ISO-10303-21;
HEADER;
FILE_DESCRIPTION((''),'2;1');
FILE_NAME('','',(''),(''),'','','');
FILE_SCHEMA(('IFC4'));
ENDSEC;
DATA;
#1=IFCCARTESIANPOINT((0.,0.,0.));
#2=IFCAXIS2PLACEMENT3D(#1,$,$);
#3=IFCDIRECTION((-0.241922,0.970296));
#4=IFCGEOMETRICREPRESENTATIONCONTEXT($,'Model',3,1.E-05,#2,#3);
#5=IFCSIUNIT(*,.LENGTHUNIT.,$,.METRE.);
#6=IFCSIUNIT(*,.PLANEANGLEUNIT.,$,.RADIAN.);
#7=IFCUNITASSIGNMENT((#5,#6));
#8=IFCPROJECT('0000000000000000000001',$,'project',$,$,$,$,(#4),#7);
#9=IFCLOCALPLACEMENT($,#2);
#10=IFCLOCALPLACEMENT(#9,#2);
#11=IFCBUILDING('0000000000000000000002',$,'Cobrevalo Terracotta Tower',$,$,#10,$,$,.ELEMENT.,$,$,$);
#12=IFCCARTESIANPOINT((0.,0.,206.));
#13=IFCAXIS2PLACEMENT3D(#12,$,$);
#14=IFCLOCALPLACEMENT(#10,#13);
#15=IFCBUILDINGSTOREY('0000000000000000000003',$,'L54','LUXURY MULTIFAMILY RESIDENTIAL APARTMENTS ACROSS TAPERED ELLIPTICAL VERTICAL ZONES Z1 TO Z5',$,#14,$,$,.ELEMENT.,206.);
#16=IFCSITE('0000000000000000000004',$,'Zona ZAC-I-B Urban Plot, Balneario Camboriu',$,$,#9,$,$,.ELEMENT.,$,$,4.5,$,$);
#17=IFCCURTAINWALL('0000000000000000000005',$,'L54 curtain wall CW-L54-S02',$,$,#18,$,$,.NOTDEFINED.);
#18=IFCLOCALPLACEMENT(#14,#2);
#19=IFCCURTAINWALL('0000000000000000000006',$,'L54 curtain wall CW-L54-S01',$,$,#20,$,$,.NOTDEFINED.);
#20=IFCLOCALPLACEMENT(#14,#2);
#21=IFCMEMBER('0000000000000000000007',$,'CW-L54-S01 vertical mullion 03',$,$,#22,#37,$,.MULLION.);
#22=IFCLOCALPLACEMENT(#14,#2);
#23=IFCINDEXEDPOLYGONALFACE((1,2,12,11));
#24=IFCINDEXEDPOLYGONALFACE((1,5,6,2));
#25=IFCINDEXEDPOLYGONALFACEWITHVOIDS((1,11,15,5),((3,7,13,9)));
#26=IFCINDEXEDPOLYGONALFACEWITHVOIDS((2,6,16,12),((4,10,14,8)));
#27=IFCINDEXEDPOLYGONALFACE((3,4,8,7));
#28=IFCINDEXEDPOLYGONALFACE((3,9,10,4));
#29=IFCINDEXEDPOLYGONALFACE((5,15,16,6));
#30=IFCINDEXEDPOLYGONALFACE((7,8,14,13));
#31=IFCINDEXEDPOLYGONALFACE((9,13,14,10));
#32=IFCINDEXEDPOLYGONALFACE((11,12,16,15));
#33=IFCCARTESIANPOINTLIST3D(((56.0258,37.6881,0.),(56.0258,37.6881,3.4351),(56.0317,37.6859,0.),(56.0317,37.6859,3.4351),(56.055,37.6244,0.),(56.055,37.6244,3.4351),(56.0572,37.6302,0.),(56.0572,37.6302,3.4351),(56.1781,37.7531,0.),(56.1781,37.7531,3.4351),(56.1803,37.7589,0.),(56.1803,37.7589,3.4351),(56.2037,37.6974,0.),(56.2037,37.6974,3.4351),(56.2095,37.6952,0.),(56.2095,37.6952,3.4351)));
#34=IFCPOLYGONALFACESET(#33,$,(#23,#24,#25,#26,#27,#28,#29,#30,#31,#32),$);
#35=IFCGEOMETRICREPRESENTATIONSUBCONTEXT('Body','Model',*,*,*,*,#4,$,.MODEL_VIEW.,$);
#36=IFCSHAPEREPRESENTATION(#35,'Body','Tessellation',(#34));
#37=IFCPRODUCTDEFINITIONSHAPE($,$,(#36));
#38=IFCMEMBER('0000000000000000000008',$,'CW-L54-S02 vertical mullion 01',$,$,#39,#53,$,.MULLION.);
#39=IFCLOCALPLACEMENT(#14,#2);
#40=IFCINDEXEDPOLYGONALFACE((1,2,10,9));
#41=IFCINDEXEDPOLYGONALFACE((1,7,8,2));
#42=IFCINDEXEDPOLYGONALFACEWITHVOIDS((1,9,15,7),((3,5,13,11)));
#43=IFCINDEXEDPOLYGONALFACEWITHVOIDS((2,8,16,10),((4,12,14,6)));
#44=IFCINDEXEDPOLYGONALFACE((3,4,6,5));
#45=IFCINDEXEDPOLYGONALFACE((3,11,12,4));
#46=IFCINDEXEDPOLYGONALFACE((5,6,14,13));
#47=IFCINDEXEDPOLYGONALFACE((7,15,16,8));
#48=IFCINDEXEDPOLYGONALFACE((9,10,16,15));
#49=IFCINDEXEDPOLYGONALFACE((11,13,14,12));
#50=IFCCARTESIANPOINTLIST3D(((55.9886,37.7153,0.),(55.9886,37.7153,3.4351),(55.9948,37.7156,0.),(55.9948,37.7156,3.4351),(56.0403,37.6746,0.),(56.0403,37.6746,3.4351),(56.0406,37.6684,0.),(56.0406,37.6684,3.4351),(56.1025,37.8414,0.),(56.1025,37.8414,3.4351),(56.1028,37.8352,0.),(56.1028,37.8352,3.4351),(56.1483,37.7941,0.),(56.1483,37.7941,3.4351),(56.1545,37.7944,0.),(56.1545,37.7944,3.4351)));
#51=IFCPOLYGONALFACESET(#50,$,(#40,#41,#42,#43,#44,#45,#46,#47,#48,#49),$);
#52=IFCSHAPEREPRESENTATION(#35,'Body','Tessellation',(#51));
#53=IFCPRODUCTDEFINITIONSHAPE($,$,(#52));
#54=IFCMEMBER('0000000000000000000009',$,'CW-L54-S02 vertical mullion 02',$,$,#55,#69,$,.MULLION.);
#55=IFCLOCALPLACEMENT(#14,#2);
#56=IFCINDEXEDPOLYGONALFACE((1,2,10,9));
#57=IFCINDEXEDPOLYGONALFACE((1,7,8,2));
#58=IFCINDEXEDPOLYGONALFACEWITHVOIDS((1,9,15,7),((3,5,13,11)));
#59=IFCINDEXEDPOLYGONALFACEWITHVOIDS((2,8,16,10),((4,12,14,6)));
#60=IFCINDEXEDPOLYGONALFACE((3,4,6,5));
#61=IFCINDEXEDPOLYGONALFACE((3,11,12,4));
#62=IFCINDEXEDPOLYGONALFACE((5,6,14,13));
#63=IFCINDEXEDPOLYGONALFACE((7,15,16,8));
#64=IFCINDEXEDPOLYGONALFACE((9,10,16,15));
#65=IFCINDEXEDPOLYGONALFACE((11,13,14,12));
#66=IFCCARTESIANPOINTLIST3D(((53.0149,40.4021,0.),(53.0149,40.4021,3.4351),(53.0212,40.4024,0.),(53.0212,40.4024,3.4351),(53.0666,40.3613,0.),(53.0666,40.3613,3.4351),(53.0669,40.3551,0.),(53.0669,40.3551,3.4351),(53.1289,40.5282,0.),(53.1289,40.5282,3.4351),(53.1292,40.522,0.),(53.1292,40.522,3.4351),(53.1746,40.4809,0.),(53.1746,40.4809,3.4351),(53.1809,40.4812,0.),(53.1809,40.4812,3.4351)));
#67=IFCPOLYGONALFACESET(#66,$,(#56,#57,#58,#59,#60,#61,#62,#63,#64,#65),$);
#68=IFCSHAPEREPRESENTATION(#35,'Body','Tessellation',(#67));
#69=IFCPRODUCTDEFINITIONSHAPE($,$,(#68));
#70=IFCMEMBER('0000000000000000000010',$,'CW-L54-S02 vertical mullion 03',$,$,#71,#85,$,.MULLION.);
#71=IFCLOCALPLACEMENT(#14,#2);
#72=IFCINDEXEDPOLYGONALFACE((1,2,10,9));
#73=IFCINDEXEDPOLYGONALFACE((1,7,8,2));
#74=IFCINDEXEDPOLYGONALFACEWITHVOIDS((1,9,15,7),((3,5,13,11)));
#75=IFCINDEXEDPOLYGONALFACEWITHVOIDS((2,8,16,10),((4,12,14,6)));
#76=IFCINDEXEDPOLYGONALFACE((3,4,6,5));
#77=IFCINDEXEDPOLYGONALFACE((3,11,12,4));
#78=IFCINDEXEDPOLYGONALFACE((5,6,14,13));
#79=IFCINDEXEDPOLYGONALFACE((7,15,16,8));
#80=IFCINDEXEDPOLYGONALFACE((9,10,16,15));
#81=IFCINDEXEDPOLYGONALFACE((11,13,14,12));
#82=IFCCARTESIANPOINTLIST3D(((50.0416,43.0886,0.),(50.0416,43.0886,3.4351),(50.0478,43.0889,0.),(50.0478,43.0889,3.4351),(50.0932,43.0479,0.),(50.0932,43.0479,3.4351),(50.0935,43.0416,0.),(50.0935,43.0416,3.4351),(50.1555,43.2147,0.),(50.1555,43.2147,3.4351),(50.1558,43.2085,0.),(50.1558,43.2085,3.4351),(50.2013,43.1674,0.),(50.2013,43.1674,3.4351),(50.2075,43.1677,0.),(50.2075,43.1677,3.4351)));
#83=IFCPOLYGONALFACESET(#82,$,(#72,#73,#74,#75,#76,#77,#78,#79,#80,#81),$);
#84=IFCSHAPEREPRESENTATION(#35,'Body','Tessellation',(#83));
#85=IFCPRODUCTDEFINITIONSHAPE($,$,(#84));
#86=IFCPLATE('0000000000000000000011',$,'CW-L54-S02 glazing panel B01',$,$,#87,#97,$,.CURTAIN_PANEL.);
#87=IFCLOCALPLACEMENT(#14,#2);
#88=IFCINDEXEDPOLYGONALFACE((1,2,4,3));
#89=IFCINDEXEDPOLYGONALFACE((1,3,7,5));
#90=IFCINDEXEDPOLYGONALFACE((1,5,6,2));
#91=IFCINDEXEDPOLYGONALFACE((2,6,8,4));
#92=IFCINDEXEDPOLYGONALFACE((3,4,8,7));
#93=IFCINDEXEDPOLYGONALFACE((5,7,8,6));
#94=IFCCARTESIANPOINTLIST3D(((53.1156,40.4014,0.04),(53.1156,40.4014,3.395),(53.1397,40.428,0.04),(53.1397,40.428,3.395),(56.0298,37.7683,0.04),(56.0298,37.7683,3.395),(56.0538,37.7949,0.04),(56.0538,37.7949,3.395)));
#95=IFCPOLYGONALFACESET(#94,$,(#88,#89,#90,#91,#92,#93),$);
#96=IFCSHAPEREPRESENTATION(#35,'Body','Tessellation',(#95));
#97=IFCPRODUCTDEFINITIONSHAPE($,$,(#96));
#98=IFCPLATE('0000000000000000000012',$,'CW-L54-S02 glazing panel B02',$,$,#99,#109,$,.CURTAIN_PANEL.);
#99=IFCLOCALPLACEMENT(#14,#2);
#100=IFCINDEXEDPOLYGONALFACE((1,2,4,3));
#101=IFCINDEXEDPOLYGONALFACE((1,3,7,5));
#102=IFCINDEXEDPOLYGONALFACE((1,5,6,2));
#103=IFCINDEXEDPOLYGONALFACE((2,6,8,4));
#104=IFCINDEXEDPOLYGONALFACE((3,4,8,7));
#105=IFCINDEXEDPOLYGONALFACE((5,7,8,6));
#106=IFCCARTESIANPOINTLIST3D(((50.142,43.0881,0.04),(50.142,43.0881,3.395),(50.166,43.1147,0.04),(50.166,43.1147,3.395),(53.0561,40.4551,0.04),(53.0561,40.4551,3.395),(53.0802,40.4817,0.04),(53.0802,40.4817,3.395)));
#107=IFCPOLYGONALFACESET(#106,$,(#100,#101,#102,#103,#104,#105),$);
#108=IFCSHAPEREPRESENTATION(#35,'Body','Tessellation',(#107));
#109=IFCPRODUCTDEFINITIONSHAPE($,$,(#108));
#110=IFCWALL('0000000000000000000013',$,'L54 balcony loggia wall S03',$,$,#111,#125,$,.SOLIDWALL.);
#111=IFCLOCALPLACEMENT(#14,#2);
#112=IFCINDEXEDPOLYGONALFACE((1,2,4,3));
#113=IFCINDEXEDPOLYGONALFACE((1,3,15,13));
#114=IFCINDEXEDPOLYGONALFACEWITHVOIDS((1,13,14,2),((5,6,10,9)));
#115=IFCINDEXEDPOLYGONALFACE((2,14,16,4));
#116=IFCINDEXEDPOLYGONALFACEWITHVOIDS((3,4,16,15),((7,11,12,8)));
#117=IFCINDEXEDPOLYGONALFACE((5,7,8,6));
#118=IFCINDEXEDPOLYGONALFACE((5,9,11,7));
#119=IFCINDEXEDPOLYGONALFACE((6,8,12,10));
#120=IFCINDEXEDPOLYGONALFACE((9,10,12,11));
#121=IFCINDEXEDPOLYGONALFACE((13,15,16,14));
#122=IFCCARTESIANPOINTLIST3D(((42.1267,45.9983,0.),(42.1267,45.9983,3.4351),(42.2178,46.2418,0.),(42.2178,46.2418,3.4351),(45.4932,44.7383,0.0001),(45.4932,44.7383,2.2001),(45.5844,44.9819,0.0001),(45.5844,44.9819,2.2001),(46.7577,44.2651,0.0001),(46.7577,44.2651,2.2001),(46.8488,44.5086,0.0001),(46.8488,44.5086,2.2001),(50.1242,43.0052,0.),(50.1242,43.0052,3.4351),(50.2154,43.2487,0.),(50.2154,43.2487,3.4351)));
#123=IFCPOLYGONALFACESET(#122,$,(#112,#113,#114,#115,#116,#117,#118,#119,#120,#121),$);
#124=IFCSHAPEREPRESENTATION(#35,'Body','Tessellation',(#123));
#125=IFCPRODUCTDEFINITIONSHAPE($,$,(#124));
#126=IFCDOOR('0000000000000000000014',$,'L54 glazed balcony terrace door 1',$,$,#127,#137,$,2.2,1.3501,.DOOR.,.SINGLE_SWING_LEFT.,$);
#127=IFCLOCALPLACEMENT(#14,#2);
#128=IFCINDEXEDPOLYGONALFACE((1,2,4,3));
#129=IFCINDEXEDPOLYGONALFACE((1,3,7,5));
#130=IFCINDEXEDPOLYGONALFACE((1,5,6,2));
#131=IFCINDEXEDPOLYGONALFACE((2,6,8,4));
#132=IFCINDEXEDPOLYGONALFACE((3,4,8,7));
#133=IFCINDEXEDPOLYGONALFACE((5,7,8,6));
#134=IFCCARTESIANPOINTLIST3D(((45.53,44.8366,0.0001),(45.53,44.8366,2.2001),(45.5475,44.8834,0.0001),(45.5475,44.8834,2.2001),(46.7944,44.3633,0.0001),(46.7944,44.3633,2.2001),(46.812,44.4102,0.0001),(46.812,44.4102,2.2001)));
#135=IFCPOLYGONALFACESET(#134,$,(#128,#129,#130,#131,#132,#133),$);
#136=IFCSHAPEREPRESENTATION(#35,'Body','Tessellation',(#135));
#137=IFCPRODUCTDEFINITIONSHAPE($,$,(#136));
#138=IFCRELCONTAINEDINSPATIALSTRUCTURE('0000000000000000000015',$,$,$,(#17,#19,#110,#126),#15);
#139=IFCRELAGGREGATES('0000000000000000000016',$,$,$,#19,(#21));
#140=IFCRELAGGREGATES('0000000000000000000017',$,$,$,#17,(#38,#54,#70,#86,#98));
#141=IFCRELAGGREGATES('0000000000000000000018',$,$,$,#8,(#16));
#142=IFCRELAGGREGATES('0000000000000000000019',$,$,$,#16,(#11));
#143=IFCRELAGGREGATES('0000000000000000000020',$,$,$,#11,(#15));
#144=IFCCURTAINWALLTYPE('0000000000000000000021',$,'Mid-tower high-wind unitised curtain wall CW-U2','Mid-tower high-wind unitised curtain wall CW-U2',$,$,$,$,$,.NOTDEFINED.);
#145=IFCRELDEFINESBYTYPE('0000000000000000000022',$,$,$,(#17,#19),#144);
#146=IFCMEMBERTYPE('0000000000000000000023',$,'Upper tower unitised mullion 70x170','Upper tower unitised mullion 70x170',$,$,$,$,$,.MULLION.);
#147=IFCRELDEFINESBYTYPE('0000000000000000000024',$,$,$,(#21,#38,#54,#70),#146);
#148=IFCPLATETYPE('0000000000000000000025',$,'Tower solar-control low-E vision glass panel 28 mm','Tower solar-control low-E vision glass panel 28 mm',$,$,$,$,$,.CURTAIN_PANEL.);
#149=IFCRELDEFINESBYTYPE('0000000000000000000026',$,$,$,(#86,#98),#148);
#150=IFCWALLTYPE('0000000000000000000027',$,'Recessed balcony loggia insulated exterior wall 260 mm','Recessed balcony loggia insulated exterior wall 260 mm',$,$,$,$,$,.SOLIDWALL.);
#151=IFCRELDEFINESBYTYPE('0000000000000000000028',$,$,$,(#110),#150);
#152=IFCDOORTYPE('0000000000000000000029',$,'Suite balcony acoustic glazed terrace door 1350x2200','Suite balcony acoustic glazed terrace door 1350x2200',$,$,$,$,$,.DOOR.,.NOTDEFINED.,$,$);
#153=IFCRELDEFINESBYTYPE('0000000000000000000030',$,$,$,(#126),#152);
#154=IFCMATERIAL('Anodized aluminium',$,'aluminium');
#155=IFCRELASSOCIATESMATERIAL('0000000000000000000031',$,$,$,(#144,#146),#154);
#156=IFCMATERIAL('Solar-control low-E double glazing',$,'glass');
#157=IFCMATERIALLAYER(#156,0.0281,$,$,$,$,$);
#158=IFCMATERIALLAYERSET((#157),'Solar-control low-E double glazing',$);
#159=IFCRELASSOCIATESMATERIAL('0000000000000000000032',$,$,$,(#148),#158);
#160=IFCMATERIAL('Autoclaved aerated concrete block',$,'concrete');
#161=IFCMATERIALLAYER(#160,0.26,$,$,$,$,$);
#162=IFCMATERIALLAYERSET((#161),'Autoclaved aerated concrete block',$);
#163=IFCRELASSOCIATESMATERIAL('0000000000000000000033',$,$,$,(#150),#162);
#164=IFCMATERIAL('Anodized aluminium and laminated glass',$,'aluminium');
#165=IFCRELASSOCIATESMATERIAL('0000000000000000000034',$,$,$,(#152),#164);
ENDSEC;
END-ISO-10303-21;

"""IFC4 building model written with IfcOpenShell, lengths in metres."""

from ifc_helpers import new_model, si_unit, direction, frame, frame_2d, origin, origin_2d, place, context, subcontext, project, spatial, rectangle, hollow_rectangle, extrude, source, transform, mapped, material, layer, layer_set, material_profile, profile_set, type_object, element, fill, aggregate, save


model = new_model("IFC4")

# Units and contexts
model_context = context("Model", 3, precision=1e-05, world=origin(), true_north=direction((-0.241922, 0.970296)))
body_context = subcontext(model_context, "Body", "Model", "MODEL_VIEW")
ifc_project = project(units=[si_unit("LENGTHUNIT", "METRE"), si_unit("PLANEANGLEUNIT", "RADIAN")], contexts=[model_context])

# Site, building, storey
site_placement = place(None, origin())
site = spatial("IfcSite", under=ifc_project, at=site_placement, Name="Zona ZAC-I-B Urban Plot, Balneario Camboriu", CompositionType="ELEMENT", RefElevation=4.5)
building_placement = place(site_placement, origin())
building = spatial("IfcBuilding", under=site, at=building_placement, Name="Cobrevalo Terracotta Tower", CompositionType="ELEMENT")
storey_placement = place(building_placement, frame((0.0, 0.0, 206.0)))
storey = spatial("IfcBuildingStorey", under=building, at=storey_placement, Name="L54", Description="LUXURY MULTIFAMILY RESIDENTIAL APARTMENTS ACROSS TAPERED ELLIPTICAL VERTICAL ZONES Z1 TO Z5", CompositionType="ELEMENT", Elevation=206.0)

# Curtain wall
ifc_material_1 = material(Name="Anodized aluminium", Category="aluminium")
curtain_wall_type = type_object("IfcCurtainWallType", Name="Mid-tower high-wind unitised curtain wall CW-U2", Description="Mid-tower high-wind unitised curtain wall CW-U2", PredefinedType="NOTDEFINED", material=ifc_material_1)
curtain_wall_1_placement = place(storey_placement, origin())
curtain_wall_1 = element("IfcCurtainWall", 1, at=curtain_wall_1_placement, inside=storey, type_object=curtain_wall_type, Name="L54 curtain wall CW-L54-S02", PredefinedType="NOTDEFINED")

# Curtain wall, member
curtain_wall_2_placement = place(storey_placement, origin())
curtain_wall_2 = element("IfcCurtainWall", 2, at=curtain_wall_2_placement, inside=storey, type_object=curtain_wall_type, Name="L54 curtain wall CW-L54-S01", PredefinedType="NOTDEFINED")
ifc_material_profile_1 = material_profile(ifc_material_1, hollow_rectangle(XDim=0.0701, YDim=0.1699, WallThickness=0.0044, at=origin_2d()), Name="CWM 70x170")
ifc_profile_set_1 = profile_set([ifc_material_profile_1], Name="Anodized aluminium")
member_type_1 = type_object("IfcMemberType", Name="Upper tower unitised mullion 70x170", Description="Upper tower unitised mullion 70x170", PredefinedType="MULLION", material=ifc_profile_set_1)
shared_shape_1 = source(origin(), body_context, "Body", "SweptSolid", [
    extrude(hollow_rectangle(XDim=0.0701, YDim=0.1699, WallThickness=0.0044, at=origin_2d()), origin(), (0.0, 0.0, 1.0), 3.4351),
])
member_1_placement = place(storey_placement, frame((56.1177, 37.6917, 0.0), z_axis=(0.0, 0.0, 1.0), x_axis=(-0.416725, 0.909033, 0.0)))
member_1 = element("IfcMember", 3, at=member_1_placement, type_object=member_type_1, Name="CW-L54-S01 vertical mullion 03", PredefinedType="MULLION", context=body_context, shape_type="MappedRepresentation", body=[
    mapped(shared_shape_1, transform((0.0, 0.0, 0.0), scale=1.0)),
])
aggregate(curtain_wall_2, [member_1])

# Members
member_2_placement = place(storey_placement, frame((56.0715, 37.7549, 0.0), z_axis=(0.0, 0.0, 1.0), x_axis=(-0.741988, 0.670414, 0.0)))
member_2 = element("IfcMember", 4, at=member_2_placement, type_object=member_type_1, Name="CW-L54-S02 vertical mullion 01", PredefinedType="MULLION", context=body_context, shape_type="MappedRepresentation", body=[
    mapped(shared_shape_1, transform((0.0, 0.0, 0.0), scale=1.0)),
])
member_3_placement = place(storey_placement, frame((53.0979, 40.4417, 0.0), z_axis=(0.0, 0.0, 1.0), x_axis=(-0.741988, 0.670414, 0.0)))
member_3 = element("IfcMember", 5, at=member_3_placement, type_object=member_type_1, Name="CW-L54-S02 vertical mullion 02", PredefinedType="MULLION", context=body_context, shape_type="MappedRepresentation", body=[
    mapped(shared_shape_1, transform((0.0, 0.0, 0.0), scale=1.0)),
])
member_4_placement = place(storey_placement, frame((50.1245, 43.1282, 0.0), z_axis=(0.0, 0.0, 1.0), x_axis=(-0.741988, 0.670414, 0.0)))
member_4 = element("IfcMember", 6, at=member_4_placement, type_object=member_type_1, Name="CW-L54-S02 vertical mullion 03", PredefinedType="MULLION", context=body_context, shape_type="MappedRepresentation", body=[
    mapped(shared_shape_1, transform((0.0, 0.0, 0.0), scale=1.0)),
])

# Plates
ifc_material_2 = material(Name="Solar-control low-E double glazing", Category="glass")
ifc_layer_1 = layer(ifc_material_2, 0.0281)
ifc_layer_set_1 = layer_set([ifc_layer_1], Name="Solar-control low-E double glazing")
plate_type = type_object("IfcPlateType", Name="Tower solar-control low-E vision glass panel 28 mm", Description="Tower solar-control low-E vision glass panel 28 mm", PredefinedType="CURTAIN_PANEL", material=ifc_layer_set_1)
shared_shape_2 = source(origin(), body_context, "Body", "SweptSolid", [
    extrude(rectangle(XDim=3.9275, YDim=0.0359, at=origin_2d()), origin(), (0.0, 0.0, 1.0), 3.355),
])
plate_1_placement = place(storey_placement, frame((54.5847, 39.0981, 0.04), z_axis=(0.0, 0.0, 1.0), x_axis=(-0.741988, 0.670414, 0.0)))
plate_1 = element("IfcPlate", 7, at=plate_1_placement, type_object=plate_type, Name="CW-L54-S02 glazing panel B01", PredefinedType="CURTAIN_PANEL", context=body_context, shape_type="MappedRepresentation", body=[
    mapped(shared_shape_2, transform((0.0, 0.0, 0.0), scale=1.0)),
])
plate_2_placement = place(storey_placement, frame((51.6111, 41.7849, 0.04), z_axis=(0.0, 0.0, 1.0), x_axis=(-0.741988, 0.670414, 0.0)))
plate_2 = element("IfcPlate", 8, at=plate_2_placement, type_object=plate_type, Name="CW-L54-S02 glazing panel B02", PredefinedType="CURTAIN_PANEL", context=body_context, shape_type="MappedRepresentation", body=[
    mapped(shared_shape_2, transform((0.0, 0.0, 0.0), scale=1.0)),
])
aggregate(curtain_wall_1, [member_2, member_3, member_4, plate_1, plate_2])

# Wall, opening, door
ifc_material_3 = material(Name="Autoclaved aerated concrete block", Category="concrete")
ifc_layer_2 = layer(ifc_material_3, 0.26)
ifc_layer_set_2 = layer_set([ifc_layer_2], Name="Autoclaved aerated concrete block")
wall_type_1 = type_object("IfcWallType", Name="Recessed balcony loggia insulated exterior wall 260 mm", Description="Recessed balcony loggia insulated exterior wall 260 mm", PredefinedType="SOLIDWALL", material=ifc_layer_set_2)
wall_1_placement = place(storey_placement, frame((50.1697, 43.127, 0.0), z_axis=(0.0, 0.0, 1.0), x_axis=(-0.936557, 0.350516, 0.0)))
wall_1 = element("IfcWall", 9, at=wall_1_placement, inside=storey, type_object=wall_type_1, Name="L54 balcony loggia wall S03", PredefinedType="SOLIDWALL", context=body_context, shape_type="SweptSolid", body=[
    extrude(rectangle(XDim=8.5393, YDim=0.26, at=frame_2d((4.2695, 0.0))), origin(), (0.0, 0.0, 1.0), 3.4351),
])
opening_1_placement = place(wall_1_placement, frame((3.5945, 0.0, 0.0)))
opening_1 = element("IfcOpeningElement", 10, at=opening_1_placement, cuts=wall_1, PredefinedType="OPENING", context=body_context, shape_type="SweptSolid", body=[
    extrude(rectangle(XDim=1.3501, YDim=2.2, at=frame_2d((0.675, 1.1001))), frame((0.0, 0.1401, 0.0), z_axis=(0.0, -1.0, 0.0), x_axis=(1.0, 0.0, 0.0)), (0.0, 0.0, 1.0), 0.28),
])
ifc_material_4 = material(Name="Anodized aluminium and laminated glass", Category="aluminium")
door_type_1 = type_object("IfcDoorType", Name="Suite balcony acoustic glazed terrace door 1350x2200", Description="Suite balcony acoustic glazed terrace door 1350x2200", OperationType="NOTDEFINED", PredefinedType="DOOR", material=ifc_material_4)
shared_shape_3 = source(origin(), body_context, "Body", "SweptSolid", [
    extrude(rectangle(XDim=1.3501, YDim=2.2, at=frame_2d((0.675, 1.1001))), frame((0.0, 0.0249, 0.0), z_axis=(0.0, -1.0, 0.0), x_axis=(1.0, 0.0, 0.0)), (0.0, 0.0, 1.0), 0.05),
])
door_1_placement = place(opening_1_placement, frame((1.3501, 0.0, 0.0), z_axis=(0.0, 0.0, 1.0), x_axis=(-1.0, 0.0, 0.0)))
door_1 = element("IfcDoor", 11, at=door_1_placement, inside=storey, type_object=door_type_1, Name="L54 glazed balcony terrace door 1", OperationType="SINGLE_SWING_LEFT", OverallHeight=2.2, OverallWidth=1.3501, PredefinedType="DOOR", context=body_context, shape_type="MappedRepresentation", body=[
    mapped(shared_shape_3, transform((0.0, 0.0, 0.0), scale=1.0)),
])
fill(opening_1, door_1)

save(model, "model.ifc")
